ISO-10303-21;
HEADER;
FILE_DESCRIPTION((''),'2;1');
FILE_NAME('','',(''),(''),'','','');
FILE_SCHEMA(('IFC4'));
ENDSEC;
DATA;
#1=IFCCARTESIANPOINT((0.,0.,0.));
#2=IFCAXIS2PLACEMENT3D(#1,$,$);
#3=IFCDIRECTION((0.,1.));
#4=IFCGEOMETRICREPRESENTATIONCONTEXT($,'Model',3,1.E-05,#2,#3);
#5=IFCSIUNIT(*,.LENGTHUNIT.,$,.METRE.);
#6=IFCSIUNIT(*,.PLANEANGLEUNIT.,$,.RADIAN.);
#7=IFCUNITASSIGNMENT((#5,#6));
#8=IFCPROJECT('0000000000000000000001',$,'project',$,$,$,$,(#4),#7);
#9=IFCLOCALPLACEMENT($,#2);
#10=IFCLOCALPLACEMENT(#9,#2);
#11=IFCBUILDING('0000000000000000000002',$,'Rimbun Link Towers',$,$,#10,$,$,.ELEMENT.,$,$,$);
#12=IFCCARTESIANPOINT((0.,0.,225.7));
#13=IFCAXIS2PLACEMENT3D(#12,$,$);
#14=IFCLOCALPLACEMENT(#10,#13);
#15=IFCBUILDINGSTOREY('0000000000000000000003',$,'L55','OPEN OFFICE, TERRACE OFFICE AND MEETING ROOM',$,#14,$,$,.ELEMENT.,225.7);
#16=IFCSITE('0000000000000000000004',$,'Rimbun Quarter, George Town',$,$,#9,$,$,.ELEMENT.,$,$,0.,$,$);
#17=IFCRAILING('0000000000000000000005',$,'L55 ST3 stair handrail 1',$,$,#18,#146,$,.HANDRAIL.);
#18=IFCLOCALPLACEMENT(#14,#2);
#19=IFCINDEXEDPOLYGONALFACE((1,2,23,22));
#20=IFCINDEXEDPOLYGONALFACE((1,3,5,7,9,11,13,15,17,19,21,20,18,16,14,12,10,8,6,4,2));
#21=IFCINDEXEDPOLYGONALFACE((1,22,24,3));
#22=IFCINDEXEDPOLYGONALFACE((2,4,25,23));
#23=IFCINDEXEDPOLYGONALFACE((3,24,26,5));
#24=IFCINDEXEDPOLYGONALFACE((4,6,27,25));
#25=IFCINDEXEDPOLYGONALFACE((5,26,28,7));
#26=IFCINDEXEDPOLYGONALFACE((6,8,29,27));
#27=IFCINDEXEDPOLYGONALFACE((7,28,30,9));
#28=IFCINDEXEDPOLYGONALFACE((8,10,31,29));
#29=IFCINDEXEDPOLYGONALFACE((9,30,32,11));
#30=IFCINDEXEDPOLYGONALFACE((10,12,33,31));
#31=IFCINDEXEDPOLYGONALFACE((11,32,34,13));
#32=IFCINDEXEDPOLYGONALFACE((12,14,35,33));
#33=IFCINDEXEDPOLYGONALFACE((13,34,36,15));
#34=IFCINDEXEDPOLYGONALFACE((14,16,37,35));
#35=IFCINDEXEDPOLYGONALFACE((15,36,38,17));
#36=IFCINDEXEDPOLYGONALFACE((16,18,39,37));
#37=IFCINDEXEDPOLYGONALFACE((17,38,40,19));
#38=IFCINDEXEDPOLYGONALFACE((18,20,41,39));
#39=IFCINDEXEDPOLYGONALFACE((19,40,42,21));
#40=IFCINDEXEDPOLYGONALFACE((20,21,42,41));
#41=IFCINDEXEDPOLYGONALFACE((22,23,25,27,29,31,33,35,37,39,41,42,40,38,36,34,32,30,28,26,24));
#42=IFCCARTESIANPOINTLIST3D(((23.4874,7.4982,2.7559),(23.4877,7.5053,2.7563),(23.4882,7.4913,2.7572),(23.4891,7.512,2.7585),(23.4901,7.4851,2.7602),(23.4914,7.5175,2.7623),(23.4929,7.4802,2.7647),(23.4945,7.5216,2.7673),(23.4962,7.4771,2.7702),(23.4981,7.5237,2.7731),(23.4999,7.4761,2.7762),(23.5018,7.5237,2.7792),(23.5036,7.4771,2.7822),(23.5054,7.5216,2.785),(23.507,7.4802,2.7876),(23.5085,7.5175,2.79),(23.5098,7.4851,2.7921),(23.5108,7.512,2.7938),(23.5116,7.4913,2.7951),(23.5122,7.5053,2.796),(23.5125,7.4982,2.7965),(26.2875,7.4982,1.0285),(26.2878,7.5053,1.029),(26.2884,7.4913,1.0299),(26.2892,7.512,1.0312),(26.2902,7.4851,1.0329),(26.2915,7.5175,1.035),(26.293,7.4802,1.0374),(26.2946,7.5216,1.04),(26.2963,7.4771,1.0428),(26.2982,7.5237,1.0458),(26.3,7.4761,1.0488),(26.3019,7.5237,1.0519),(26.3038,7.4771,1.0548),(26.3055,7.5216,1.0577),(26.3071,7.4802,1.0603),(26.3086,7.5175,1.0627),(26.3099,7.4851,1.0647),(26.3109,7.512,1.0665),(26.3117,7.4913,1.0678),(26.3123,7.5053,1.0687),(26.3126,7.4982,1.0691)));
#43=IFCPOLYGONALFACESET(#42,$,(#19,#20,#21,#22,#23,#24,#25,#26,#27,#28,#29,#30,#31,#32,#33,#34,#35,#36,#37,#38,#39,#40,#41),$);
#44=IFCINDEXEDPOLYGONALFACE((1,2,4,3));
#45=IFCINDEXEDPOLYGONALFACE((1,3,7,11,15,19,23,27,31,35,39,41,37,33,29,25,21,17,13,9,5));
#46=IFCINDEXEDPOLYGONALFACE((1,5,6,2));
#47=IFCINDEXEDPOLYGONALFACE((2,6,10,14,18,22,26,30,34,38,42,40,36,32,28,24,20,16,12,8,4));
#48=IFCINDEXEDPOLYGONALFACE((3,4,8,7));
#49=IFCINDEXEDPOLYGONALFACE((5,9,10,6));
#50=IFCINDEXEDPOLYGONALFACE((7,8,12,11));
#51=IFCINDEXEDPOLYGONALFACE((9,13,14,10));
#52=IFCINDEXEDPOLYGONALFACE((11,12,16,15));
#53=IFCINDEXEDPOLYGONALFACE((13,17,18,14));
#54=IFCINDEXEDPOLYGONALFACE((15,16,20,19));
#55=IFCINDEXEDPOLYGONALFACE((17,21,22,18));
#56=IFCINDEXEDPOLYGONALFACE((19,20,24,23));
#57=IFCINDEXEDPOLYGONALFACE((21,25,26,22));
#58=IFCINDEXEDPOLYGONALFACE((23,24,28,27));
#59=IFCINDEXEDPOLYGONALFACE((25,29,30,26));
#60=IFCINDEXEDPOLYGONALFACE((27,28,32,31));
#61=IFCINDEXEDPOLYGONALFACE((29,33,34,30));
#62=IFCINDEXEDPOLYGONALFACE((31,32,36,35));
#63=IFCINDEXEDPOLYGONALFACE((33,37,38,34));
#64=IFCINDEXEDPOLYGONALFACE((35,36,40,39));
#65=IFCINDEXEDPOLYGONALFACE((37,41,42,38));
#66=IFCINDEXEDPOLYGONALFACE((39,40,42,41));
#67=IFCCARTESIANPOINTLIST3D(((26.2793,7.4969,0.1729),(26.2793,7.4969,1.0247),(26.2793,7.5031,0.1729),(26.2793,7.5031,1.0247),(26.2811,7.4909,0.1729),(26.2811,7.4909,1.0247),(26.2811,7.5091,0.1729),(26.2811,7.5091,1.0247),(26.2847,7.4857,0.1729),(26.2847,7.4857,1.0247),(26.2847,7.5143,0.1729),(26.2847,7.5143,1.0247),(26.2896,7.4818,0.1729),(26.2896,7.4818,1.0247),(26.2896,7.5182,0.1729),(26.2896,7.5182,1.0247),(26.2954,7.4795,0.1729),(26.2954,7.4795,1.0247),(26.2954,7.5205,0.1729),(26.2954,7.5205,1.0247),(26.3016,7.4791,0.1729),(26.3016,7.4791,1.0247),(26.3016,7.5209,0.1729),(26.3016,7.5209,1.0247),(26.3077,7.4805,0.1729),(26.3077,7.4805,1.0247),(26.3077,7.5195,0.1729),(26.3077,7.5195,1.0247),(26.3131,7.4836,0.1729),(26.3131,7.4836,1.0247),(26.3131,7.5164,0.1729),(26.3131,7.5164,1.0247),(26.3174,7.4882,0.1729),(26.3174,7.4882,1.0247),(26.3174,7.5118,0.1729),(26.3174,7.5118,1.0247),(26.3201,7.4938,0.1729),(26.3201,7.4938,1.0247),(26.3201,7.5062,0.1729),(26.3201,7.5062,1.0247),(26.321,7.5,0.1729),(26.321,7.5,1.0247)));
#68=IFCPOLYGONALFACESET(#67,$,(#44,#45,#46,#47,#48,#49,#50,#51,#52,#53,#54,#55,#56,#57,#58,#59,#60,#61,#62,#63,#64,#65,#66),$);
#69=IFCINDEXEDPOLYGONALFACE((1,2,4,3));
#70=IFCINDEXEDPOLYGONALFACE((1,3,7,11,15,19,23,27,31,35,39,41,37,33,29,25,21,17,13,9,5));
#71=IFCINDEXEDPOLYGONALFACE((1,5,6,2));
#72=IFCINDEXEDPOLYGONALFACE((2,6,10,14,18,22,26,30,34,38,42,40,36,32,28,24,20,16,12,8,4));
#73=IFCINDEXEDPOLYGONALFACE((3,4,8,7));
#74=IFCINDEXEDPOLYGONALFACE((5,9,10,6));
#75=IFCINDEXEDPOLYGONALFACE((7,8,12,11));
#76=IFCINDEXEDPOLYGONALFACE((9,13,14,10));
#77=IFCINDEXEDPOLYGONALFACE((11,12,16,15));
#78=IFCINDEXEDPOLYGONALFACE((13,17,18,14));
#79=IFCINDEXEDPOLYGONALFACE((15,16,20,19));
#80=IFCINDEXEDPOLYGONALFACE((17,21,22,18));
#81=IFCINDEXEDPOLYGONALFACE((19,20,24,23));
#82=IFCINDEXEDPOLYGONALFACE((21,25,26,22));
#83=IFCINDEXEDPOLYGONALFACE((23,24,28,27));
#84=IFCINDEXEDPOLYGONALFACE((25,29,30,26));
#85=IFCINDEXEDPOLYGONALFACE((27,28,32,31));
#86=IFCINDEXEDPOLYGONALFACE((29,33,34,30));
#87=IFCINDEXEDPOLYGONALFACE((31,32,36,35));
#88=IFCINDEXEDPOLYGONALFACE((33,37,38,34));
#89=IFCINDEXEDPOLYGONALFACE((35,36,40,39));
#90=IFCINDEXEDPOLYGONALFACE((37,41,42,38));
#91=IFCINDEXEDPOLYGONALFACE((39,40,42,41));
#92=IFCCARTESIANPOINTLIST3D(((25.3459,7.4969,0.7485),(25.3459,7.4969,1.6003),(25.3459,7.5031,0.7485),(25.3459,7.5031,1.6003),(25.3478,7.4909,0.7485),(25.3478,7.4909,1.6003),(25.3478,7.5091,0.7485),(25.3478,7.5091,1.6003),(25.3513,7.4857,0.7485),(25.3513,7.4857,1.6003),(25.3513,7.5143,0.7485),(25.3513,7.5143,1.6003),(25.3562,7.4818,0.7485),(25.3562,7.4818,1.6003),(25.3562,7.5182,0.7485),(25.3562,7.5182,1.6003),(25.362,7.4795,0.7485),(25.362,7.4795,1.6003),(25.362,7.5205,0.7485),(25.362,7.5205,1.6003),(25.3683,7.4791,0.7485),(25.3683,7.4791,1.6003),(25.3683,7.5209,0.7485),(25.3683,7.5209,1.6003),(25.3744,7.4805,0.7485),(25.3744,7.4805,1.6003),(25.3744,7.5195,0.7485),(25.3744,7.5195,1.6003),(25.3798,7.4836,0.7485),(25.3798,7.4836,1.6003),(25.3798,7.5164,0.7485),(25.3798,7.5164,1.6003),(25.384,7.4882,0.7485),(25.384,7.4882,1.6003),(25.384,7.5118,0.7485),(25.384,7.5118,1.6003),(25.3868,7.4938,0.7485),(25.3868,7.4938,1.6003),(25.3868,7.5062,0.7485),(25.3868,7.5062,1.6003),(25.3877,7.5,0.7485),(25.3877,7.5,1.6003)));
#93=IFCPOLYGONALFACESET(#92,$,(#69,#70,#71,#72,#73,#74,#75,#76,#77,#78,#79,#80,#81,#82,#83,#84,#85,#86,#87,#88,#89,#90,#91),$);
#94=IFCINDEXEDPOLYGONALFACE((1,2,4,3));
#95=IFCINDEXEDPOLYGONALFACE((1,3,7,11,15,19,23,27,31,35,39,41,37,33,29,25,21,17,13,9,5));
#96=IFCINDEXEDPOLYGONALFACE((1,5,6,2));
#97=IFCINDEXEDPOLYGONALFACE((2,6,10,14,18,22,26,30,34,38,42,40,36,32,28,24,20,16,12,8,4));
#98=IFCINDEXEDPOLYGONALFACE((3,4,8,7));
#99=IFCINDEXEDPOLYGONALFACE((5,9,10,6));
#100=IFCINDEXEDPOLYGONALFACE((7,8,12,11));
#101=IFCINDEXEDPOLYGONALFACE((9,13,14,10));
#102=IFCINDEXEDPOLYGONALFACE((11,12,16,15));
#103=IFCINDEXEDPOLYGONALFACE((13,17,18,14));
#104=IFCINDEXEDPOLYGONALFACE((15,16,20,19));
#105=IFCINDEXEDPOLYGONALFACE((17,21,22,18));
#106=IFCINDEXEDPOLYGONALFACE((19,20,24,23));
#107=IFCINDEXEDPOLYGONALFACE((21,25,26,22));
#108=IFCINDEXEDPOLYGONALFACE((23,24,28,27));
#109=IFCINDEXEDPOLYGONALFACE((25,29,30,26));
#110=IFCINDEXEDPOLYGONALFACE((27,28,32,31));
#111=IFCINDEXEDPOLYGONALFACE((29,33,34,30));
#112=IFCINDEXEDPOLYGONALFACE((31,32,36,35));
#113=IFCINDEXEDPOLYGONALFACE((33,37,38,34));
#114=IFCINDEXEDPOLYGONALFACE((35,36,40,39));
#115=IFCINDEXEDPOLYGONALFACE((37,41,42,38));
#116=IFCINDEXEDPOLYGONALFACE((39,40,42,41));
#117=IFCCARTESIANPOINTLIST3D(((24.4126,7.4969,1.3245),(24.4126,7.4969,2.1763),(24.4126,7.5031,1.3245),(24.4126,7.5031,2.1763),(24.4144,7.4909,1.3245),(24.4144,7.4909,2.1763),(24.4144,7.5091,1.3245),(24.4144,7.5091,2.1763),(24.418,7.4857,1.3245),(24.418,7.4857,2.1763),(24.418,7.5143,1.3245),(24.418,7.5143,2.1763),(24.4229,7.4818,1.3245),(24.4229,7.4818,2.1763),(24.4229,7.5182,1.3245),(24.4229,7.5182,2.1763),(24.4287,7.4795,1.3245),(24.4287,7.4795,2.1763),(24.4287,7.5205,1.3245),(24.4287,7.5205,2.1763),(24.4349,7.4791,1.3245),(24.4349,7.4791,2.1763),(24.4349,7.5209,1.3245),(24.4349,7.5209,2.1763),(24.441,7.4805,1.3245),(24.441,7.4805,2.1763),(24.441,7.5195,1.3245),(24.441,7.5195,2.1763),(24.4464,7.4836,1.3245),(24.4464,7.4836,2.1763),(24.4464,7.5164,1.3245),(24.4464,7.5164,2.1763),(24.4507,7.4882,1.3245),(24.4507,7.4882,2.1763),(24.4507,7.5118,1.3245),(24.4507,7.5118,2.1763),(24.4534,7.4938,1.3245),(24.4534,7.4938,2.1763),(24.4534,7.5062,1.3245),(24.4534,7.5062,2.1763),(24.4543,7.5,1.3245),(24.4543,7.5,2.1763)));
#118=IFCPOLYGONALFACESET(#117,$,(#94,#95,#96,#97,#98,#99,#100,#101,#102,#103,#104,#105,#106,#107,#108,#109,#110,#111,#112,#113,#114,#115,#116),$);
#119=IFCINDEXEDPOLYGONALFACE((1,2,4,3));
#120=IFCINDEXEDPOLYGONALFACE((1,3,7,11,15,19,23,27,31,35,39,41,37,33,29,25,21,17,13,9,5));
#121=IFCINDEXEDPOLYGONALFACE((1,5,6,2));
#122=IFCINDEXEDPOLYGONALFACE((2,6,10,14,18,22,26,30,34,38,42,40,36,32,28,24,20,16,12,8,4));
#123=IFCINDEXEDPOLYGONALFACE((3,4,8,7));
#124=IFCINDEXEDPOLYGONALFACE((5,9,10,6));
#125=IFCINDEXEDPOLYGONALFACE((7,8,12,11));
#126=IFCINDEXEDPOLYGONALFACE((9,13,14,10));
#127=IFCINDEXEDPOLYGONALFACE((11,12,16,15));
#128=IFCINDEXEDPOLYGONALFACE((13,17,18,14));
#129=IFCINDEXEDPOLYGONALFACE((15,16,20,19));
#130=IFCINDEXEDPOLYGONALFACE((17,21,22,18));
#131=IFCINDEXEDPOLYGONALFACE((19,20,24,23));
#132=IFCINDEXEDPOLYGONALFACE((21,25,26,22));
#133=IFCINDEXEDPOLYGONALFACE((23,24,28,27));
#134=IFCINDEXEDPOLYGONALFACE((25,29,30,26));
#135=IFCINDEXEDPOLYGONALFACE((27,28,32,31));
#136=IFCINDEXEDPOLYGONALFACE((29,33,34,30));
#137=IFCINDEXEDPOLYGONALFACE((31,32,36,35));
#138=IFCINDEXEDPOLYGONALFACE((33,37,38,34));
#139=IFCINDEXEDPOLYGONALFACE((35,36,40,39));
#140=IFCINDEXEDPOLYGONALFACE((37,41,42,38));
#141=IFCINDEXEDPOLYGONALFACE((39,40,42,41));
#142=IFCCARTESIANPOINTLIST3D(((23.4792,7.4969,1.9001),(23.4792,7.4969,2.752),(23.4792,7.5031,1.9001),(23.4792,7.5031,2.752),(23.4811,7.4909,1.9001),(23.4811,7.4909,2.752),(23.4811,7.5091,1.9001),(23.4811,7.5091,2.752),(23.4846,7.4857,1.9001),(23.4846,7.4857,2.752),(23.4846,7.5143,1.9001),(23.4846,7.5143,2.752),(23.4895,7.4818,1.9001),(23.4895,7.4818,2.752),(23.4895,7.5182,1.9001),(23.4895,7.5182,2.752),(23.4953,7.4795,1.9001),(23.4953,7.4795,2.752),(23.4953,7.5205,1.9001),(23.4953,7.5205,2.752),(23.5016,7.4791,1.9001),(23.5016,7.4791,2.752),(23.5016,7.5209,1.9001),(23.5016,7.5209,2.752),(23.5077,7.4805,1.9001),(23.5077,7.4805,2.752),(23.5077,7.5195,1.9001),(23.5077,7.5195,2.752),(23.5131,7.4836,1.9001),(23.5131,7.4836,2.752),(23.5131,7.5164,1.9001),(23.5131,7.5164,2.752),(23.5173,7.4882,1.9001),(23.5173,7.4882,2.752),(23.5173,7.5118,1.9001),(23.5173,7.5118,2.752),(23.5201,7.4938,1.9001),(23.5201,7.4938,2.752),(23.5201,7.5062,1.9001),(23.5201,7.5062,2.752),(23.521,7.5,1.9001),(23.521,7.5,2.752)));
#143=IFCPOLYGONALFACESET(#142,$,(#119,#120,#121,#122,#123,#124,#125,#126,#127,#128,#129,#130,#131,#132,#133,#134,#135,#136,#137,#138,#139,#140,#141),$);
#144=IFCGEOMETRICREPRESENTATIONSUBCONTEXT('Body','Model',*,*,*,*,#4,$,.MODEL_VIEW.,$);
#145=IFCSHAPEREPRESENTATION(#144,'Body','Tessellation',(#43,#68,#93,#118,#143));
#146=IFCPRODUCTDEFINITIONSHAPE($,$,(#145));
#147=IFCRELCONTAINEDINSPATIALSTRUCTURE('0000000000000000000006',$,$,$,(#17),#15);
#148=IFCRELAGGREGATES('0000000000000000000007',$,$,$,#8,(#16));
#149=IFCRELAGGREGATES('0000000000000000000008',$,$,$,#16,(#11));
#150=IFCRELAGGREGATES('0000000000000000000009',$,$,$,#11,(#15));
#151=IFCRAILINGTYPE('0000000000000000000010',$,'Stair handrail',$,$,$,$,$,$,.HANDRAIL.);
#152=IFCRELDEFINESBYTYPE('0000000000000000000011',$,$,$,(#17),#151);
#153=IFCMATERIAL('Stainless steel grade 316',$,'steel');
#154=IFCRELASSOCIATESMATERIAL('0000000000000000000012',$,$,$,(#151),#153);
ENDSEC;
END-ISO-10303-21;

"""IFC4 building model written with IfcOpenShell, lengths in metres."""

from ifc_helpers import new_model, si_unit, direction, frame, origin, origin_2d, place, context, subcontext, project, spatial, circle, extrude, material, type_object, element, save


model = new_model("IFC4")

# Units and contexts
model_context = context("Model", 3, precision=1e-05, world=origin(), true_north=direction((0.0, 1.0)))
body_context = subcontext(model_context, "Body", "Model", "MODEL_VIEW")
ifc_project = project(units=[si_unit("LENGTHUNIT", "METRE"), si_unit("PLANEANGLEUNIT", "RADIAN")], contexts=[model_context])

# Site, building, storey
site_placement = place(None, origin())
site = spatial("IfcSite", under=ifc_project, at=site_placement, Name="Rimbun Quarter, George Town", CompositionType="ELEMENT", RefElevation=0.0)
building_placement = place(site_placement, origin())
building = spatial("IfcBuilding", under=site, at=building_placement, Name="Rimbun Link Towers", CompositionType="ELEMENT")
storey_placement = place(building_placement, frame((0.0, 0.0, 225.7)))
storey = spatial("IfcBuildingStorey", under=building, at=storey_placement, Name="L55", Description="OPEN OFFICE, TERRACE OFFICE AND MEETING ROOM", CompositionType="ELEMENT", Elevation=225.7)

# Railing
ifc_material_1 = material(Name="Stainless steel grade 316", Category="steel")
railing_type_1 = type_object("IfcRailingType", Name="Stair handrail", PredefinedType="HANDRAIL", material=ifc_material_1)
railing_1_placement = place(storey_placement, frame((26.3, 7.5, 0.1729)))
element("IfcRailing", 1, at=railing_1_placement, inside=storey, type_object=railing_type_1, Name="L55 ST3 stair handrail 1", PredefinedType="HANDRAIL", context=body_context, shape_type="SweptSolid", body=[
    extrude(circle(Radius=0.0239, at=origin_2d()), frame((0.0, 0.0, 0.876), z_axis=(-0.85109, 0.0, 0.52502), x_axis=(0.0, -1.0, 0.0)), (0.0, 0.0, 1.0), 3.29),
    extrude(circle(Radius=0.021, at=origin_2d()), origin(), (0.0, 0.0, 1.0), 0.8518),
    extrude(circle(Radius=0.021, at=origin_2d()), frame((-0.9333, 0.0, 0.5757)), (0.0, 0.0, 1.0), 0.8518),
    extrude(circle(Radius=0.021, at=origin_2d()), frame((-1.8667, 0.0, 1.1516)), (0.0, 0.0, 1.0), 0.8518),
    extrude(circle(Radius=0.021, at=origin_2d()), frame((-2.8, 0.0, 1.7273)), (0.0, 0.0, 1.0), 0.8518),
])

save(model, "model.ifc")
